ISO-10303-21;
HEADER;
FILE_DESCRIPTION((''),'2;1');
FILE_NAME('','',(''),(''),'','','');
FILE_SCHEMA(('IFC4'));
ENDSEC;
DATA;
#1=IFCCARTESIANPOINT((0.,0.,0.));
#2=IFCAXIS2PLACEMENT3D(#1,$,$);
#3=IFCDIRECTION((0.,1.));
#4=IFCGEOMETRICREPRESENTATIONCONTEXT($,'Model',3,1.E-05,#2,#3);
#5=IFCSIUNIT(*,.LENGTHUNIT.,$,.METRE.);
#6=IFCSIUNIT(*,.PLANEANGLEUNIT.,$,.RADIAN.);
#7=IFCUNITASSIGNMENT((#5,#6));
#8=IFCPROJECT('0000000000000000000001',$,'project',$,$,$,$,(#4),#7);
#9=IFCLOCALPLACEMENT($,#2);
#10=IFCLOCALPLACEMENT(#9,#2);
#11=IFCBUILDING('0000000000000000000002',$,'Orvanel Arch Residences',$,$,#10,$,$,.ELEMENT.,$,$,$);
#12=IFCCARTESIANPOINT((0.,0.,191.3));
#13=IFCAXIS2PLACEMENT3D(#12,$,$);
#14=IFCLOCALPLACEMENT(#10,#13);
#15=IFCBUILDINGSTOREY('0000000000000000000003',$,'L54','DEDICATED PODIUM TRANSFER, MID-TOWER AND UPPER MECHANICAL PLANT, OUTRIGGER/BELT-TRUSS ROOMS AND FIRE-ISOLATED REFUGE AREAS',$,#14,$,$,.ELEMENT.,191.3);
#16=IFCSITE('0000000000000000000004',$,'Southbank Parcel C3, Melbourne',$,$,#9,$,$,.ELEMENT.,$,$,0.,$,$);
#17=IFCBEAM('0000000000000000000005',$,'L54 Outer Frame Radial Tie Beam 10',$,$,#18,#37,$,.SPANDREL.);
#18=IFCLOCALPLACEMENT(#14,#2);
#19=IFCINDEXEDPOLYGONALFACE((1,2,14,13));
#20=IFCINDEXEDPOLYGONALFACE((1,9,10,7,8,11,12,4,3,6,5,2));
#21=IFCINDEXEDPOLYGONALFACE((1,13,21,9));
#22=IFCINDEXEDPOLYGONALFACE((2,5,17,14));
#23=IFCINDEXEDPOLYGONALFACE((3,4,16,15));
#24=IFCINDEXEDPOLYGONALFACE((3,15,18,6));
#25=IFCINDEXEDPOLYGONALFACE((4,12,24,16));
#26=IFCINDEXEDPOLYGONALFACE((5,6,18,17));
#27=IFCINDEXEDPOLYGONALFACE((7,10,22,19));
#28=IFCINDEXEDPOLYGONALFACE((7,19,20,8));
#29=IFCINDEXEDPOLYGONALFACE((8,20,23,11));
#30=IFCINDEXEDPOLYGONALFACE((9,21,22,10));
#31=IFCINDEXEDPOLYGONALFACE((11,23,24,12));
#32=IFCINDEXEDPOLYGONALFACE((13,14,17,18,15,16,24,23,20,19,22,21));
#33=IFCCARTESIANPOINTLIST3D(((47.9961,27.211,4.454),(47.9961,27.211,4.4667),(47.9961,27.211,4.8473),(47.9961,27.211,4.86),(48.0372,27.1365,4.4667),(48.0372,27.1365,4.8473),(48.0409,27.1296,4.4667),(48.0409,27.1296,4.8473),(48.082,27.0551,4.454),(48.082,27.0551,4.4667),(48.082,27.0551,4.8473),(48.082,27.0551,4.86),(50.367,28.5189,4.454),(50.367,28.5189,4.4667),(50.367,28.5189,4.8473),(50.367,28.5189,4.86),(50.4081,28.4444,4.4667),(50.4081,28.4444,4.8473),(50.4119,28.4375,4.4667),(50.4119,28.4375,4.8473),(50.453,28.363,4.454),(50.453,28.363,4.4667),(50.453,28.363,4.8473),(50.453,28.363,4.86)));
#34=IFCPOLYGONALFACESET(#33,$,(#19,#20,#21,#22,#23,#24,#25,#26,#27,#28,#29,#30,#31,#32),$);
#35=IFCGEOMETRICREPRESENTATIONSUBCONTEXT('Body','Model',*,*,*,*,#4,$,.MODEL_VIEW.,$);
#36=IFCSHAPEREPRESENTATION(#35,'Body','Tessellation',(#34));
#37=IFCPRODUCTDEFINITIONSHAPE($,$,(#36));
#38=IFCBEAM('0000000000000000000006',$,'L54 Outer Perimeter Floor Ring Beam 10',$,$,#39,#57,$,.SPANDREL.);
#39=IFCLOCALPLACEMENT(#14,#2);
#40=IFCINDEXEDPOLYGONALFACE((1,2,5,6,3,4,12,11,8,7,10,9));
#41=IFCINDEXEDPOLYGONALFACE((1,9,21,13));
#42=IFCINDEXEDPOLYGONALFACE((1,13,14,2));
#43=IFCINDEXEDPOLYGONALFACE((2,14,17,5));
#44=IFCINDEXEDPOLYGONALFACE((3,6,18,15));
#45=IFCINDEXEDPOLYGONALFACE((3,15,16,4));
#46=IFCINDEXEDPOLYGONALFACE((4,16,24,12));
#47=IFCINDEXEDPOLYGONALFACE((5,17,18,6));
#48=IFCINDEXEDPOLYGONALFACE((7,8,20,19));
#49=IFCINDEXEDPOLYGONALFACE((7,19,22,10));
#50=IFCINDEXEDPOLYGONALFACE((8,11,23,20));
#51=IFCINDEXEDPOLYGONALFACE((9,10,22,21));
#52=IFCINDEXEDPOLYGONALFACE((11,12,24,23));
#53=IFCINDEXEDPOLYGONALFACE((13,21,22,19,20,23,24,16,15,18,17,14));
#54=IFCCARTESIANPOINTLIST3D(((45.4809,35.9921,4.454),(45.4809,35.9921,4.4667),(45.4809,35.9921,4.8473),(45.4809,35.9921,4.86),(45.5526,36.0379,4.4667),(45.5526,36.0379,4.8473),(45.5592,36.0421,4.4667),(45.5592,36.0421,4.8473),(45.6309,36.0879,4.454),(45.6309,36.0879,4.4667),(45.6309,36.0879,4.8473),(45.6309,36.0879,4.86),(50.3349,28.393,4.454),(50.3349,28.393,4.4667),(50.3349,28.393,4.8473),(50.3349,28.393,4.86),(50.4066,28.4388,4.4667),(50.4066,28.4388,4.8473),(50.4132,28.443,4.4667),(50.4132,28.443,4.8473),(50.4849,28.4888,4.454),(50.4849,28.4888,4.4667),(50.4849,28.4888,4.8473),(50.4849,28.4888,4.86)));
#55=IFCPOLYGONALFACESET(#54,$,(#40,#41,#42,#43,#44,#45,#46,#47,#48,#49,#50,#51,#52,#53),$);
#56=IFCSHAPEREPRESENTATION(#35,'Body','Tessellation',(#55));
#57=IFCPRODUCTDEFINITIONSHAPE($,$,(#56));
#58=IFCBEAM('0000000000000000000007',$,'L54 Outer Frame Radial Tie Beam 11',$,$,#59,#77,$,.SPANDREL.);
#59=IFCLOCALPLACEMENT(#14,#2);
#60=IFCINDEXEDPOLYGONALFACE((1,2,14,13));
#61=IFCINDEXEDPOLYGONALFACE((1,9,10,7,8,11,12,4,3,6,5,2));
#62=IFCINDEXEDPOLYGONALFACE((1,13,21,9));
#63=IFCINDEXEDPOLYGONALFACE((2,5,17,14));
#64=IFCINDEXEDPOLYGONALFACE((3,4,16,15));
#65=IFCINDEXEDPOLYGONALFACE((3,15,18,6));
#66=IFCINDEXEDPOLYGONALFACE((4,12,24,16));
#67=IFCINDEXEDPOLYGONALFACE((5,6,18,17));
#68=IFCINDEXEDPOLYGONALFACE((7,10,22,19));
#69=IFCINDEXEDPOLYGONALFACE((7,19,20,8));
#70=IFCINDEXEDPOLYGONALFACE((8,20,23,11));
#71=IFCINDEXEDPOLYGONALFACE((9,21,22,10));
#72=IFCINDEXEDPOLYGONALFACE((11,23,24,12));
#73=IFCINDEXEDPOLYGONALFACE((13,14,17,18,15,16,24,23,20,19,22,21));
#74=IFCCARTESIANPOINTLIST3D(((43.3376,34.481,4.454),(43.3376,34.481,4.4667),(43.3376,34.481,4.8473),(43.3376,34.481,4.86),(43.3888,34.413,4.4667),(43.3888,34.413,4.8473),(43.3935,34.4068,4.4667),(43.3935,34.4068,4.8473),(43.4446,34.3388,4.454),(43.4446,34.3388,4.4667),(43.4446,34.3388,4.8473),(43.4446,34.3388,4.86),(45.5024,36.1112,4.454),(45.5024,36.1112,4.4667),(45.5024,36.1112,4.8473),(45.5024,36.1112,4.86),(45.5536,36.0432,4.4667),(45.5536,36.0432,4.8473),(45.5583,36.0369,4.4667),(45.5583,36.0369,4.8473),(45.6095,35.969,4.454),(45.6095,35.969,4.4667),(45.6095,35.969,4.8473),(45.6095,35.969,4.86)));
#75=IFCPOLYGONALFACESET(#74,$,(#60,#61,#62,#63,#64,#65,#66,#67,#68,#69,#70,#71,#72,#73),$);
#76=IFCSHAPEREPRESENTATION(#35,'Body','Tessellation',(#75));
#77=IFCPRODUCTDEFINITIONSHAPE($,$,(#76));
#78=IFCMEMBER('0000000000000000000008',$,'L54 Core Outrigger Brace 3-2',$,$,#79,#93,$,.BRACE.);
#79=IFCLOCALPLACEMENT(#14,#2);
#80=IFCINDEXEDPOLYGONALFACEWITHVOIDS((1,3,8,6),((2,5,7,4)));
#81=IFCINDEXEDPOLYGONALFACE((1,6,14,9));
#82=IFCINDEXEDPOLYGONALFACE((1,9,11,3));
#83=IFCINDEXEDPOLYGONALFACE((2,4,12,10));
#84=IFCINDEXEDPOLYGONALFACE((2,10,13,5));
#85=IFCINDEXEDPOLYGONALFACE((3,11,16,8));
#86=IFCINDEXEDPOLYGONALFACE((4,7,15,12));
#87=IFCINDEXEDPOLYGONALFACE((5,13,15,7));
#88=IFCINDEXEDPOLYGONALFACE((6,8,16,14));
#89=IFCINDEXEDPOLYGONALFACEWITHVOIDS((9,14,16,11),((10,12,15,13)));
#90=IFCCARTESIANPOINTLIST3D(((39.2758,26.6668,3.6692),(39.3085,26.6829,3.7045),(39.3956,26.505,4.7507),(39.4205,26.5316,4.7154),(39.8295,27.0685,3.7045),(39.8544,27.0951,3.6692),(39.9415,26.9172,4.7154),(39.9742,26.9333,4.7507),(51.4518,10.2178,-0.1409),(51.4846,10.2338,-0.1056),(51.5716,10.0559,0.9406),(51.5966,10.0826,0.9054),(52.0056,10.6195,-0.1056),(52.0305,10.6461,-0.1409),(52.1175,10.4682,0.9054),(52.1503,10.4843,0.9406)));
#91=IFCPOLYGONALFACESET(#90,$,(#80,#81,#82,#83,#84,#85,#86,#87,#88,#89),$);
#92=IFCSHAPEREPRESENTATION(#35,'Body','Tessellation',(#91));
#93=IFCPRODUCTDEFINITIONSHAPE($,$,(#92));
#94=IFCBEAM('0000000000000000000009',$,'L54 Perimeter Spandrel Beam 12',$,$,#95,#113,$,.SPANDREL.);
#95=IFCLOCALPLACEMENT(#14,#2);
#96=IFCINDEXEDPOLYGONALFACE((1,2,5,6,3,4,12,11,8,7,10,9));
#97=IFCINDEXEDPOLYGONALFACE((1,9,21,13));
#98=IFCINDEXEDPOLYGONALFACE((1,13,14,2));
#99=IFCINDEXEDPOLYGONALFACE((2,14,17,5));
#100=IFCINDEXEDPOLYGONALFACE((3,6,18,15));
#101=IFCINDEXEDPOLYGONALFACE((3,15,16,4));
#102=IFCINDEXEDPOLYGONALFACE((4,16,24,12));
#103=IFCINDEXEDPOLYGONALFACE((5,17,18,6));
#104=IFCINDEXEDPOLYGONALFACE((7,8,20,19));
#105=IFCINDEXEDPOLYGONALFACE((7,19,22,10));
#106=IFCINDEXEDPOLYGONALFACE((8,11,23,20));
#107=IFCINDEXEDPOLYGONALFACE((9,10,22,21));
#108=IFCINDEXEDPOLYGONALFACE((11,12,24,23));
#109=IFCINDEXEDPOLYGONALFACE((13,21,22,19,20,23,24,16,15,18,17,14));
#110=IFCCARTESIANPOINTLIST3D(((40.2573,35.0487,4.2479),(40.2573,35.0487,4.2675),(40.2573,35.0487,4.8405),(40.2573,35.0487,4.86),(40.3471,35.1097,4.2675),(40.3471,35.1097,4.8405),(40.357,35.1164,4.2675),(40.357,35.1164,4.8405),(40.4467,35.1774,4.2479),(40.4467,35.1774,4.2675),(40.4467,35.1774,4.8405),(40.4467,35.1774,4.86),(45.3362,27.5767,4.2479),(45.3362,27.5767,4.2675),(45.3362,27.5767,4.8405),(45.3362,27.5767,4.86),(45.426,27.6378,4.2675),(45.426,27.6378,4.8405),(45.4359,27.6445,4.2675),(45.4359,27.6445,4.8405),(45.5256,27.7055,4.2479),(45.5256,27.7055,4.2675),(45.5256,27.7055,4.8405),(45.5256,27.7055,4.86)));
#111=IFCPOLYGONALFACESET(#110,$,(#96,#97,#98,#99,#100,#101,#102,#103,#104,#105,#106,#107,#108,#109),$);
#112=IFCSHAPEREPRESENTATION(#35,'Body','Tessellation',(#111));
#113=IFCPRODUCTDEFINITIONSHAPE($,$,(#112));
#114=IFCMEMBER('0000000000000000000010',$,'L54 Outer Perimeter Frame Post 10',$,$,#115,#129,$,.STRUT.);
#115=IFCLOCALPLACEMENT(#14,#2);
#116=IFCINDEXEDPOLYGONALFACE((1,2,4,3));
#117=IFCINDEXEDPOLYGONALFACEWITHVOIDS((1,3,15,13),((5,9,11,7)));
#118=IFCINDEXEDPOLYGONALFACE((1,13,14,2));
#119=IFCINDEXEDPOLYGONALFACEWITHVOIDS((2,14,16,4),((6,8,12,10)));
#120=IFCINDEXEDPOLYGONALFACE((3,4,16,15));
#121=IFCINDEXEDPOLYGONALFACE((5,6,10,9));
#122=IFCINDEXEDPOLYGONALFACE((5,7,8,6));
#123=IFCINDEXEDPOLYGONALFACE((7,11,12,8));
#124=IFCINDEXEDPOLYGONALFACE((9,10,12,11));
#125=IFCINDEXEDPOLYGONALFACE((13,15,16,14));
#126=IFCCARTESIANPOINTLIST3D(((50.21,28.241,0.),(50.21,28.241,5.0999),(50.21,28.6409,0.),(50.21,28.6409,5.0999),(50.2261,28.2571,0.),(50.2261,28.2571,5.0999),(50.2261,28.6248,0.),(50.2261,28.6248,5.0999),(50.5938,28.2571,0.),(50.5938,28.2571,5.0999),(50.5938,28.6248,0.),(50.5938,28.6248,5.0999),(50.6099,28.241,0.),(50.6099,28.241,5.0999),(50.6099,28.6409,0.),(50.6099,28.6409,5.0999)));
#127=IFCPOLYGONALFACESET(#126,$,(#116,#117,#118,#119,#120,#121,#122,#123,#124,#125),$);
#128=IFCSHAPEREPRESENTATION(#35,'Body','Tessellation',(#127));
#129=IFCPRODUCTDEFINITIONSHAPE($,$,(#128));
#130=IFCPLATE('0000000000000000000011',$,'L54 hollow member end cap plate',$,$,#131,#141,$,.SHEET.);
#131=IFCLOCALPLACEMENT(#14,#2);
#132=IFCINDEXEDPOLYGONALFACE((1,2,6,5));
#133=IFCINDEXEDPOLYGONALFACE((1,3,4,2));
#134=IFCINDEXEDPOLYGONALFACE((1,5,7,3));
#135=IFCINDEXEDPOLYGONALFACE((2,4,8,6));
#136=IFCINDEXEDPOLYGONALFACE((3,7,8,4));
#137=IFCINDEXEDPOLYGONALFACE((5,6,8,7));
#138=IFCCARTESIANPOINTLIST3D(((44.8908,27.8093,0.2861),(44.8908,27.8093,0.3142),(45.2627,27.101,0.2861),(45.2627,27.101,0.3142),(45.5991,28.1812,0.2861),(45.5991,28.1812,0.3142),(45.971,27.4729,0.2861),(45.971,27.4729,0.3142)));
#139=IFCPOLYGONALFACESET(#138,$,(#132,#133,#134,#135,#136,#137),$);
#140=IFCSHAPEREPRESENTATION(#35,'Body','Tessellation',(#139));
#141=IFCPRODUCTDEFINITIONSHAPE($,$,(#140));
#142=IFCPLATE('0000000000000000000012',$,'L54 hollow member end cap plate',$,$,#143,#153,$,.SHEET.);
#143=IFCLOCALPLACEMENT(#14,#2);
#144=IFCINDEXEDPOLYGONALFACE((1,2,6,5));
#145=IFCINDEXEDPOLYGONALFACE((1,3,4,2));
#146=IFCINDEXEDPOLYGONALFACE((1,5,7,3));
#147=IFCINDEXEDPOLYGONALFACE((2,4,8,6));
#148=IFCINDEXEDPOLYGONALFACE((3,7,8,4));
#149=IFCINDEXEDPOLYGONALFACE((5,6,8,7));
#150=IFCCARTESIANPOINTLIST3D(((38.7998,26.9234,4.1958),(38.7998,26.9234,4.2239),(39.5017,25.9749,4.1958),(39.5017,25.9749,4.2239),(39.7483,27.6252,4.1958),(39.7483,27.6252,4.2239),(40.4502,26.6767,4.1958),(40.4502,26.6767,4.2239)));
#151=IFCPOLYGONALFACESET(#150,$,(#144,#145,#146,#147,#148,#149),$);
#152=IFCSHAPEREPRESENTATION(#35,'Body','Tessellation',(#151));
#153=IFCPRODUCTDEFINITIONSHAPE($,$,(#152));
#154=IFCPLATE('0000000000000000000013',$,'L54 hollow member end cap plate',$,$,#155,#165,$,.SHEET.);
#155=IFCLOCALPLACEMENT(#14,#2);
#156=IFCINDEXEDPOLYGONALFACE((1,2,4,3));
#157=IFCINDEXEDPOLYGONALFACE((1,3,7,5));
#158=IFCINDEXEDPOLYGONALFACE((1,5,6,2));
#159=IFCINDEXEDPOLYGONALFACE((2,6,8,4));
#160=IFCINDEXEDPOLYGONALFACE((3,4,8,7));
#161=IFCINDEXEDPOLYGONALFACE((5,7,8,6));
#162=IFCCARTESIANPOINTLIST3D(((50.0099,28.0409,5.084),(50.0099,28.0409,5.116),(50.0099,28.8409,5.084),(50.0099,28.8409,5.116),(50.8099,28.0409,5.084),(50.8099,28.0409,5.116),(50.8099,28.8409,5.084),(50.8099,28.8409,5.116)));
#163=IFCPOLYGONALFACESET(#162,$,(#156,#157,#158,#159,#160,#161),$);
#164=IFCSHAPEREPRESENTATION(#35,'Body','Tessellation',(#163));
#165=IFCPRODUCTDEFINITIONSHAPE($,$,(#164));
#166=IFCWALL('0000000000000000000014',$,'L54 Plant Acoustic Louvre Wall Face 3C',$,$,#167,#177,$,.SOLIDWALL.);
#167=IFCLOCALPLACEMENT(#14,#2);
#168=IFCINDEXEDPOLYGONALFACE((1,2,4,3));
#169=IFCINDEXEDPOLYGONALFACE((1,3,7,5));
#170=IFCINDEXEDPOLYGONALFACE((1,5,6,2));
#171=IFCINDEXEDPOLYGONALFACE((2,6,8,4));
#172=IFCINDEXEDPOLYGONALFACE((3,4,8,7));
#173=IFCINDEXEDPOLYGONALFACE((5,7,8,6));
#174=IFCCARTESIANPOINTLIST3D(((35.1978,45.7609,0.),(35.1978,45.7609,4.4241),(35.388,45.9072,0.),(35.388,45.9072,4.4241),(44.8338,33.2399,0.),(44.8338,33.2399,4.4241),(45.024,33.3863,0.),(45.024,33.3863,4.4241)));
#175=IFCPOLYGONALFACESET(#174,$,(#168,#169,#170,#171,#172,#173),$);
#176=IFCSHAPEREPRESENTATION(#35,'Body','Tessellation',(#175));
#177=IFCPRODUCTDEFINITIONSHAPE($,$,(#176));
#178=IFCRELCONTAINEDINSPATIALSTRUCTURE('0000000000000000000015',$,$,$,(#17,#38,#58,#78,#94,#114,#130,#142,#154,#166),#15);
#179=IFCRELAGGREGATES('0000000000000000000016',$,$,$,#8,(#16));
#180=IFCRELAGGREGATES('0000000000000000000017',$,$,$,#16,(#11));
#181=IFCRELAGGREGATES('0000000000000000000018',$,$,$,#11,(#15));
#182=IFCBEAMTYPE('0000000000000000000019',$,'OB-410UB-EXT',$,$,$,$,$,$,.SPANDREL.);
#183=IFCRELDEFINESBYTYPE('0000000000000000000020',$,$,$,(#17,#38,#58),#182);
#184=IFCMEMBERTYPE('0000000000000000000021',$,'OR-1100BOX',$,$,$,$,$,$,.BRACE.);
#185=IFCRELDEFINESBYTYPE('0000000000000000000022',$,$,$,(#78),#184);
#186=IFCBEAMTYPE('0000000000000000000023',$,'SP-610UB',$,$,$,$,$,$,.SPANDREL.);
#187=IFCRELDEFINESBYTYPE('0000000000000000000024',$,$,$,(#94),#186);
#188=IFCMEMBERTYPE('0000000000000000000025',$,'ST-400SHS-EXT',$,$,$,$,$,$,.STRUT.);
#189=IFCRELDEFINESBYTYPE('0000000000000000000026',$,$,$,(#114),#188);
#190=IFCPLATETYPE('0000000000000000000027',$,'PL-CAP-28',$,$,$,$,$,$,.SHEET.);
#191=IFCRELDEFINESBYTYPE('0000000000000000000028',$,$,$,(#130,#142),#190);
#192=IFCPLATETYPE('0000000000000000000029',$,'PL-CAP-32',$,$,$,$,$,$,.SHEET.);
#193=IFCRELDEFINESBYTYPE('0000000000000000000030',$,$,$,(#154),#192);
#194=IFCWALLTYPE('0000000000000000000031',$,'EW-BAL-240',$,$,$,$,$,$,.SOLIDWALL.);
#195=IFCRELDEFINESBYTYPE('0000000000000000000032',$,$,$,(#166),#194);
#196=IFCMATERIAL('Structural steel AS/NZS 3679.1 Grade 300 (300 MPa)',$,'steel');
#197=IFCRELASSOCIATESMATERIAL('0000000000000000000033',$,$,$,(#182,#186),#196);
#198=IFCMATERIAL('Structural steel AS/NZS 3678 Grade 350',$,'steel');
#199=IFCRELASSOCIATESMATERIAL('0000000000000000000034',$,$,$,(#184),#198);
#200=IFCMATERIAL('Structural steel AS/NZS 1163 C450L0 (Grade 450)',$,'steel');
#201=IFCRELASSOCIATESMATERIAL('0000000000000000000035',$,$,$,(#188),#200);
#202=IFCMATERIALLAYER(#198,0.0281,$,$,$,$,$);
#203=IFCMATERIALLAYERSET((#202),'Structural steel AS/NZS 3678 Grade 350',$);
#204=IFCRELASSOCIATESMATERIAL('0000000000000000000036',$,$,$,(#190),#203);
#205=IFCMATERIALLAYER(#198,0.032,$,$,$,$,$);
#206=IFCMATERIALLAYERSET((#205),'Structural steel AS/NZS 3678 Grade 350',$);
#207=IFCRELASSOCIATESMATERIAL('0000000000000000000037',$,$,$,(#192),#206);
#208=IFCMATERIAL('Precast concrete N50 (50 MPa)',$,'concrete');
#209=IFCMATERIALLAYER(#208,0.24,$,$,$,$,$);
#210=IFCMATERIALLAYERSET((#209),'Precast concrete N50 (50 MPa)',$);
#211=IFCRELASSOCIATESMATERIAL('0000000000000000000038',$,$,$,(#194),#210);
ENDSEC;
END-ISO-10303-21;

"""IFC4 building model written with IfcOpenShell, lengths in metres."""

from ifc_helpers import new_model, si_unit, direction, frame, frame_2d, origin, origin_2d, place, context, subcontext, project, spatial, rectangle, hollow_rectangle, i_section, extrude, material, layer, layer_set, material_profile, profile_set, type_object, element, save


model = new_model("IFC4")

# Units and contexts
model_context = context("Model", 3, precision=1e-05, world=origin(), true_north=direction((0.0, 1.0)))
body_context = subcontext(model_context, "Body", "Model", "MODEL_VIEW")
ifc_project = project(units=[si_unit("LENGTHUNIT", "METRE"), si_unit("PLANEANGLEUNIT", "RADIAN")], contexts=[model_context])

# Site, building, storey
site_placement = place(None, origin())
site = spatial("IfcSite", under=ifc_project, at=site_placement, Name="Southbank Parcel C3, Melbourne", CompositionType="ELEMENT", RefElevation=0.0)
building_placement = place(site_placement, origin())
building = spatial("IfcBuilding", under=site, at=building_placement, Name="Orvanel Arch Residences", CompositionType="ELEMENT")
storey_placement = place(building_placement, frame((0.0, 0.0, 191.3)))
storey = spatial("IfcBuildingStorey", under=building, at=storey_placement, Name="L54", Description="DEDICATED PODIUM TRANSFER, MID-TOWER AND UPPER MECHANICAL PLANT, OUTRIGGER/BELT-TRUSS ROOMS AND FIRE-ISOLATED REFUGE AREAS", CompositionType="ELEMENT", Elevation=191.3)

# Shared definitions
ifc_material_1 = material(Name="Structural steel AS/NZS 1163 C450L0 (Grade 450)", Category="steel")

# Shared definitions
ifc_material_2 = material(Name="Structural steel AS/NZS 3679.1 Grade 300 (300 MPa)", Category="steel")

# Shared definitions
ifc_material_3 = material(Name="Structural steel AS/NZS 3678 Grade 350", Category="steel")

# Beams
ifc_material_profile_1 = material_profile(ifc_material_2, i_section(OverallWidth=0.178, OverallDepth=0.406, WebThickness=0.0078, FlangeThickness=0.0127, at=origin_2d()), Name="410UB59.7")
ifc_profile_set_1 = profile_set([ifc_material_profile_1], Name="Structural steel AS/NZS 3679.1 Grade 300 (300 MPa)")
beam_type_1 = type_object("IfcBeamType", Name="OB-410UB-EXT", PredefinedType="SPANDREL", material=ifc_profile_set_1)
beam_1_placement = place(storey_placement, frame((48.0391, 27.1331, 4.657), z_axis=(0.875608, 0.483023, 0.0), x_axis=(-0.483023, 0.875608, 0.0)))
element("IfcBeam", 1, at=beam_1_placement, inside=storey, type_object=beam_type_1, Name="L54 Outer Frame Radial Tie Beam 10", PredefinedType="SPANDREL", context=body_context, shape_type="SweptSolid", body=[
    extrude(i_section(OverallWidth=0.178, OverallDepth=0.406, WebThickness=0.0078, FlangeThickness=0.0127, at=origin_2d()), origin(), (0.0, 0.0, 1.0), 2.7078),
])
beam_2_placement = place(storey_placement, frame((50.4099, 28.4409, 4.657), z_axis=(-0.538311, 0.842746, 0.0), x_axis=(-0.842746, -0.538311, 0.0)))
element("IfcBeam", 2, at=beam_2_placement, inside=storey, type_object=beam_type_1, Name="L54 Outer Perimeter Floor Ring Beam 10", PredefinedType="SPANDREL", context=body_context, shape_type="SweptSolid", body=[
    extrude(i_section(OverallWidth=0.178, OverallDepth=0.406, WebThickness=0.0078, FlangeThickness=0.0127, at=origin_2d()), origin(), (0.0, 0.0, 1.0), 9.0171),
])
beam_3_placement = place(storey_placement, frame((43.3911, 34.4099, 4.657), z_axis=(0.798842, 0.601541, 0.0), x_axis=(-0.601541, 0.798842, 0.0)))
element("IfcBeam", 3, at=beam_3_placement, inside=storey, type_object=beam_type_1, Name="L54 Outer Frame Radial Tie Beam 11", PredefinedType="SPANDREL", context=body_context, shape_type="SweptSolid", body=[
    extrude(i_section(OverallWidth=0.178, OverallDepth=0.406, WebThickness=0.0078, FlangeThickness=0.0127, at=origin_2d()), origin(), (0.0, 0.0, 1.0), 2.71),
])

# Member
ifc_material_profile_2 = material_profile(ifc_material_3, hollow_rectangle(XDim=0.72, YDim=1.1001, WallThickness=0.0359, at=origin_2d()), Name="BOX1100x720x36")
ifc_profile_set_2 = profile_set([ifc_material_profile_2], Name="Structural steel AS/NZS 3678 Grade 350")
member_type_1 = type_object("IfcMemberType", Name="OR-1100BOX", PredefinedType="BRACE", material=ifc_profile_set_2)
member_1_placement = place(storey_placement, frame((39.625, 26.8, 4.21), z_axis=(0.584912, -0.790176, -0.183028), x_axis=(0.803753, 0.594962, 0.0)))
element("IfcMember", 4, at=member_1_placement, inside=storey, type_object=member_type_1, Name="L54 Core Outrigger Brace 3-2", PredefinedType="BRACE", context=body_context, shape_type="SweptSolid", body=[
    extrude(hollow_rectangle(XDim=0.72, YDim=1.1001, WallThickness=0.0359, at=origin_2d()), origin(), (0.0, 0.0, 1.0), 20.8169),
])

# Beam
ifc_material_profile_3 = material_profile(ifc_material_2, i_section(OverallWidth=0.229, OverallDepth=0.6121, WebThickness=0.012, FlangeThickness=0.0195, at=origin_2d()), Name="610UB125")
ifc_profile_set_3 = profile_set([ifc_material_profile_3], Name="Structural steel AS/NZS 3679.1 Grade 300 (300 MPa)")
beam_type_2 = type_object("IfcBeamType", Name="SP-610UB", PredefinedType="SPANDREL", material=ifc_profile_set_3)
beam_4_placement = place(storey_placement, frame((45.4309, 27.6411, 4.554), z_axis=(-0.562155, 0.827032, 0.0), x_axis=(-0.827032, -0.562155, 0.0)))
element("IfcBeam", 5, at=beam_4_placement, inside=storey, type_object=beam_type_2, Name="L54 Perimeter Spandrel Beam 12", PredefinedType="SPANDREL", context=body_context, shape_type="SweptSolid", body=[
    extrude(i_section(OverallWidth=0.229, OverallDepth=0.6121, WebThickness=0.012, FlangeThickness=0.0195, at=origin_2d()), origin(), (0.0, 0.0, 1.0), 9.0347),
])

# Member
ifc_material_profile_4 = material_profile(ifc_material_1, hollow_rectangle(XDim=0.3999, YDim=0.3999, WallThickness=0.0161, at=origin_2d()), Name="SHS400x400x16")
ifc_profile_set_4 = profile_set([ifc_material_profile_4], Name="Structural steel AS/NZS 1163 C450L0 (Grade 450)")
member_type_2 = type_object("IfcMemberType", Name="ST-400SHS-EXT", PredefinedType="STRUT", material=ifc_profile_set_4)
member_2_placement = place(storey_placement, frame((50.4099, 28.4409, 0.0), z_axis=(0.0, 0.0, 1.0), x_axis=(1.0, 0.0, 0.0)))
element("IfcMember", 6, at=member_2_placement, inside=storey, type_object=member_type_2, Name="L54 Outer Perimeter Frame Post 10", PredefinedType="STRUT", context=body_context, shape_type="SweptSolid", body=[
    extrude(hollow_rectangle(XDim=0.3999, YDim=0.3999, WallThickness=0.0161, at=origin_2d()), origin(), (0.0, 0.0, 1.0), 5.0999),
])

# Plates
ifc_layer_1 = layer(ifc_material_3, 0.0281)
ifc_layer_set_1 = layer_set([ifc_layer_1], Name="Structural steel AS/NZS 3678 Grade 350")
plate_type_1 = type_object("IfcPlateType", Name="PL-CAP-28", PredefinedType="SHEET", material=ifc_layer_set_1)
plate_1_placement = place(storey_placement, frame((45.4309, 27.6411, 0.2861), z_axis=(0.0, 0.0, 1.0), x_axis=(-0.464842, 0.885394, 0.0)))
element("IfcPlate", 7, at=plate_1_placement, inside=storey, type_object=plate_type_1, Name="L54 hollow member end cap plate", PredefinedType="SHEET", context=body_context, shape_type="SweptSolid", body=[
    extrude(rectangle(XDim=0.8, YDim=0.8, at=origin_2d()), origin(), (0.0, 0.0, 1.0), 0.0281),
])
plate_2_placement = place(storey_placement, frame((39.625, 26.8, 4.1958), z_axis=(0.0, 0.0, 1.0), x_axis=(-0.594823, 0.803857, 0.0)))
element("IfcPlate", 8, at=plate_2_placement, inside=storey, type_object=plate_type_1, Name="L54 hollow member end cap plate", PredefinedType="SHEET", context=body_context, shape_type="SweptSolid", body=[
    extrude(rectangle(XDim=1.1799, YDim=1.1799, at=origin_2d()), origin(), (0.0, 0.0, 1.0), 0.0281),
])
ifc_layer_2 = layer(ifc_material_3, 0.032)
ifc_layer_set_2 = layer_set([ifc_layer_2], Name="Structural steel AS/NZS 3678 Grade 350")
plate_type_2 = type_object("IfcPlateType", Name="PL-CAP-32", PredefinedType="SHEET", material=ifc_layer_set_2)
plate_3_placement = place(storey_placement, frame((50.4099, 28.4409, 5.084), z_axis=(0.0, 0.0, 1.0), x_axis=(1.0, 0.0, 0.0)))
element("IfcPlate", 9, at=plate_3_placement, inside=storey, type_object=plate_type_2, Name="L54 hollow member end cap plate", PredefinedType="SHEET", context=body_context, shape_type="SweptSolid", body=[
    extrude(rectangle(XDim=0.8, YDim=0.8, at=origin_2d()), origin(), (0.0, 0.0, 1.0), 0.032),
])

# Wall
ifc_material_4 = material(Name="Precast concrete N50 (50 MPa)", Category="concrete")
ifc_layer_3 = layer(ifc_material_4, 0.24)
ifc_layer_set_3 = layer_set([ifc_layer_3], Name="Precast concrete N50 (50 MPa)")
wall_type_1 = type_object("IfcWallType", Name="EW-BAL-240", PredefinedType="SOLIDWALL", material=ifc_layer_set_3)
wall_1_placement = place(storey_placement, frame((44.929, 33.313, 0.0), z_axis=(0.0, 0.0, 1.0), x_axis=(-0.609888, 0.792488, 0.0)))
element("IfcWall", 10, at=wall_1_placement, inside=storey, type_object=wall_type_1, Name="L54 Plant Acoustic Louvre Wall Face 3C", PredefinedType="SOLIDWALL", context=body_context, shape_type="SweptSolid", body=[
    extrude(rectangle(XDim=15.7996, YDim=0.24, at=frame_2d((7.8999, 0.0))), origin(), (0.0, 0.0, 1.0), 4.4241),
])

save(model, "model.ifc")
